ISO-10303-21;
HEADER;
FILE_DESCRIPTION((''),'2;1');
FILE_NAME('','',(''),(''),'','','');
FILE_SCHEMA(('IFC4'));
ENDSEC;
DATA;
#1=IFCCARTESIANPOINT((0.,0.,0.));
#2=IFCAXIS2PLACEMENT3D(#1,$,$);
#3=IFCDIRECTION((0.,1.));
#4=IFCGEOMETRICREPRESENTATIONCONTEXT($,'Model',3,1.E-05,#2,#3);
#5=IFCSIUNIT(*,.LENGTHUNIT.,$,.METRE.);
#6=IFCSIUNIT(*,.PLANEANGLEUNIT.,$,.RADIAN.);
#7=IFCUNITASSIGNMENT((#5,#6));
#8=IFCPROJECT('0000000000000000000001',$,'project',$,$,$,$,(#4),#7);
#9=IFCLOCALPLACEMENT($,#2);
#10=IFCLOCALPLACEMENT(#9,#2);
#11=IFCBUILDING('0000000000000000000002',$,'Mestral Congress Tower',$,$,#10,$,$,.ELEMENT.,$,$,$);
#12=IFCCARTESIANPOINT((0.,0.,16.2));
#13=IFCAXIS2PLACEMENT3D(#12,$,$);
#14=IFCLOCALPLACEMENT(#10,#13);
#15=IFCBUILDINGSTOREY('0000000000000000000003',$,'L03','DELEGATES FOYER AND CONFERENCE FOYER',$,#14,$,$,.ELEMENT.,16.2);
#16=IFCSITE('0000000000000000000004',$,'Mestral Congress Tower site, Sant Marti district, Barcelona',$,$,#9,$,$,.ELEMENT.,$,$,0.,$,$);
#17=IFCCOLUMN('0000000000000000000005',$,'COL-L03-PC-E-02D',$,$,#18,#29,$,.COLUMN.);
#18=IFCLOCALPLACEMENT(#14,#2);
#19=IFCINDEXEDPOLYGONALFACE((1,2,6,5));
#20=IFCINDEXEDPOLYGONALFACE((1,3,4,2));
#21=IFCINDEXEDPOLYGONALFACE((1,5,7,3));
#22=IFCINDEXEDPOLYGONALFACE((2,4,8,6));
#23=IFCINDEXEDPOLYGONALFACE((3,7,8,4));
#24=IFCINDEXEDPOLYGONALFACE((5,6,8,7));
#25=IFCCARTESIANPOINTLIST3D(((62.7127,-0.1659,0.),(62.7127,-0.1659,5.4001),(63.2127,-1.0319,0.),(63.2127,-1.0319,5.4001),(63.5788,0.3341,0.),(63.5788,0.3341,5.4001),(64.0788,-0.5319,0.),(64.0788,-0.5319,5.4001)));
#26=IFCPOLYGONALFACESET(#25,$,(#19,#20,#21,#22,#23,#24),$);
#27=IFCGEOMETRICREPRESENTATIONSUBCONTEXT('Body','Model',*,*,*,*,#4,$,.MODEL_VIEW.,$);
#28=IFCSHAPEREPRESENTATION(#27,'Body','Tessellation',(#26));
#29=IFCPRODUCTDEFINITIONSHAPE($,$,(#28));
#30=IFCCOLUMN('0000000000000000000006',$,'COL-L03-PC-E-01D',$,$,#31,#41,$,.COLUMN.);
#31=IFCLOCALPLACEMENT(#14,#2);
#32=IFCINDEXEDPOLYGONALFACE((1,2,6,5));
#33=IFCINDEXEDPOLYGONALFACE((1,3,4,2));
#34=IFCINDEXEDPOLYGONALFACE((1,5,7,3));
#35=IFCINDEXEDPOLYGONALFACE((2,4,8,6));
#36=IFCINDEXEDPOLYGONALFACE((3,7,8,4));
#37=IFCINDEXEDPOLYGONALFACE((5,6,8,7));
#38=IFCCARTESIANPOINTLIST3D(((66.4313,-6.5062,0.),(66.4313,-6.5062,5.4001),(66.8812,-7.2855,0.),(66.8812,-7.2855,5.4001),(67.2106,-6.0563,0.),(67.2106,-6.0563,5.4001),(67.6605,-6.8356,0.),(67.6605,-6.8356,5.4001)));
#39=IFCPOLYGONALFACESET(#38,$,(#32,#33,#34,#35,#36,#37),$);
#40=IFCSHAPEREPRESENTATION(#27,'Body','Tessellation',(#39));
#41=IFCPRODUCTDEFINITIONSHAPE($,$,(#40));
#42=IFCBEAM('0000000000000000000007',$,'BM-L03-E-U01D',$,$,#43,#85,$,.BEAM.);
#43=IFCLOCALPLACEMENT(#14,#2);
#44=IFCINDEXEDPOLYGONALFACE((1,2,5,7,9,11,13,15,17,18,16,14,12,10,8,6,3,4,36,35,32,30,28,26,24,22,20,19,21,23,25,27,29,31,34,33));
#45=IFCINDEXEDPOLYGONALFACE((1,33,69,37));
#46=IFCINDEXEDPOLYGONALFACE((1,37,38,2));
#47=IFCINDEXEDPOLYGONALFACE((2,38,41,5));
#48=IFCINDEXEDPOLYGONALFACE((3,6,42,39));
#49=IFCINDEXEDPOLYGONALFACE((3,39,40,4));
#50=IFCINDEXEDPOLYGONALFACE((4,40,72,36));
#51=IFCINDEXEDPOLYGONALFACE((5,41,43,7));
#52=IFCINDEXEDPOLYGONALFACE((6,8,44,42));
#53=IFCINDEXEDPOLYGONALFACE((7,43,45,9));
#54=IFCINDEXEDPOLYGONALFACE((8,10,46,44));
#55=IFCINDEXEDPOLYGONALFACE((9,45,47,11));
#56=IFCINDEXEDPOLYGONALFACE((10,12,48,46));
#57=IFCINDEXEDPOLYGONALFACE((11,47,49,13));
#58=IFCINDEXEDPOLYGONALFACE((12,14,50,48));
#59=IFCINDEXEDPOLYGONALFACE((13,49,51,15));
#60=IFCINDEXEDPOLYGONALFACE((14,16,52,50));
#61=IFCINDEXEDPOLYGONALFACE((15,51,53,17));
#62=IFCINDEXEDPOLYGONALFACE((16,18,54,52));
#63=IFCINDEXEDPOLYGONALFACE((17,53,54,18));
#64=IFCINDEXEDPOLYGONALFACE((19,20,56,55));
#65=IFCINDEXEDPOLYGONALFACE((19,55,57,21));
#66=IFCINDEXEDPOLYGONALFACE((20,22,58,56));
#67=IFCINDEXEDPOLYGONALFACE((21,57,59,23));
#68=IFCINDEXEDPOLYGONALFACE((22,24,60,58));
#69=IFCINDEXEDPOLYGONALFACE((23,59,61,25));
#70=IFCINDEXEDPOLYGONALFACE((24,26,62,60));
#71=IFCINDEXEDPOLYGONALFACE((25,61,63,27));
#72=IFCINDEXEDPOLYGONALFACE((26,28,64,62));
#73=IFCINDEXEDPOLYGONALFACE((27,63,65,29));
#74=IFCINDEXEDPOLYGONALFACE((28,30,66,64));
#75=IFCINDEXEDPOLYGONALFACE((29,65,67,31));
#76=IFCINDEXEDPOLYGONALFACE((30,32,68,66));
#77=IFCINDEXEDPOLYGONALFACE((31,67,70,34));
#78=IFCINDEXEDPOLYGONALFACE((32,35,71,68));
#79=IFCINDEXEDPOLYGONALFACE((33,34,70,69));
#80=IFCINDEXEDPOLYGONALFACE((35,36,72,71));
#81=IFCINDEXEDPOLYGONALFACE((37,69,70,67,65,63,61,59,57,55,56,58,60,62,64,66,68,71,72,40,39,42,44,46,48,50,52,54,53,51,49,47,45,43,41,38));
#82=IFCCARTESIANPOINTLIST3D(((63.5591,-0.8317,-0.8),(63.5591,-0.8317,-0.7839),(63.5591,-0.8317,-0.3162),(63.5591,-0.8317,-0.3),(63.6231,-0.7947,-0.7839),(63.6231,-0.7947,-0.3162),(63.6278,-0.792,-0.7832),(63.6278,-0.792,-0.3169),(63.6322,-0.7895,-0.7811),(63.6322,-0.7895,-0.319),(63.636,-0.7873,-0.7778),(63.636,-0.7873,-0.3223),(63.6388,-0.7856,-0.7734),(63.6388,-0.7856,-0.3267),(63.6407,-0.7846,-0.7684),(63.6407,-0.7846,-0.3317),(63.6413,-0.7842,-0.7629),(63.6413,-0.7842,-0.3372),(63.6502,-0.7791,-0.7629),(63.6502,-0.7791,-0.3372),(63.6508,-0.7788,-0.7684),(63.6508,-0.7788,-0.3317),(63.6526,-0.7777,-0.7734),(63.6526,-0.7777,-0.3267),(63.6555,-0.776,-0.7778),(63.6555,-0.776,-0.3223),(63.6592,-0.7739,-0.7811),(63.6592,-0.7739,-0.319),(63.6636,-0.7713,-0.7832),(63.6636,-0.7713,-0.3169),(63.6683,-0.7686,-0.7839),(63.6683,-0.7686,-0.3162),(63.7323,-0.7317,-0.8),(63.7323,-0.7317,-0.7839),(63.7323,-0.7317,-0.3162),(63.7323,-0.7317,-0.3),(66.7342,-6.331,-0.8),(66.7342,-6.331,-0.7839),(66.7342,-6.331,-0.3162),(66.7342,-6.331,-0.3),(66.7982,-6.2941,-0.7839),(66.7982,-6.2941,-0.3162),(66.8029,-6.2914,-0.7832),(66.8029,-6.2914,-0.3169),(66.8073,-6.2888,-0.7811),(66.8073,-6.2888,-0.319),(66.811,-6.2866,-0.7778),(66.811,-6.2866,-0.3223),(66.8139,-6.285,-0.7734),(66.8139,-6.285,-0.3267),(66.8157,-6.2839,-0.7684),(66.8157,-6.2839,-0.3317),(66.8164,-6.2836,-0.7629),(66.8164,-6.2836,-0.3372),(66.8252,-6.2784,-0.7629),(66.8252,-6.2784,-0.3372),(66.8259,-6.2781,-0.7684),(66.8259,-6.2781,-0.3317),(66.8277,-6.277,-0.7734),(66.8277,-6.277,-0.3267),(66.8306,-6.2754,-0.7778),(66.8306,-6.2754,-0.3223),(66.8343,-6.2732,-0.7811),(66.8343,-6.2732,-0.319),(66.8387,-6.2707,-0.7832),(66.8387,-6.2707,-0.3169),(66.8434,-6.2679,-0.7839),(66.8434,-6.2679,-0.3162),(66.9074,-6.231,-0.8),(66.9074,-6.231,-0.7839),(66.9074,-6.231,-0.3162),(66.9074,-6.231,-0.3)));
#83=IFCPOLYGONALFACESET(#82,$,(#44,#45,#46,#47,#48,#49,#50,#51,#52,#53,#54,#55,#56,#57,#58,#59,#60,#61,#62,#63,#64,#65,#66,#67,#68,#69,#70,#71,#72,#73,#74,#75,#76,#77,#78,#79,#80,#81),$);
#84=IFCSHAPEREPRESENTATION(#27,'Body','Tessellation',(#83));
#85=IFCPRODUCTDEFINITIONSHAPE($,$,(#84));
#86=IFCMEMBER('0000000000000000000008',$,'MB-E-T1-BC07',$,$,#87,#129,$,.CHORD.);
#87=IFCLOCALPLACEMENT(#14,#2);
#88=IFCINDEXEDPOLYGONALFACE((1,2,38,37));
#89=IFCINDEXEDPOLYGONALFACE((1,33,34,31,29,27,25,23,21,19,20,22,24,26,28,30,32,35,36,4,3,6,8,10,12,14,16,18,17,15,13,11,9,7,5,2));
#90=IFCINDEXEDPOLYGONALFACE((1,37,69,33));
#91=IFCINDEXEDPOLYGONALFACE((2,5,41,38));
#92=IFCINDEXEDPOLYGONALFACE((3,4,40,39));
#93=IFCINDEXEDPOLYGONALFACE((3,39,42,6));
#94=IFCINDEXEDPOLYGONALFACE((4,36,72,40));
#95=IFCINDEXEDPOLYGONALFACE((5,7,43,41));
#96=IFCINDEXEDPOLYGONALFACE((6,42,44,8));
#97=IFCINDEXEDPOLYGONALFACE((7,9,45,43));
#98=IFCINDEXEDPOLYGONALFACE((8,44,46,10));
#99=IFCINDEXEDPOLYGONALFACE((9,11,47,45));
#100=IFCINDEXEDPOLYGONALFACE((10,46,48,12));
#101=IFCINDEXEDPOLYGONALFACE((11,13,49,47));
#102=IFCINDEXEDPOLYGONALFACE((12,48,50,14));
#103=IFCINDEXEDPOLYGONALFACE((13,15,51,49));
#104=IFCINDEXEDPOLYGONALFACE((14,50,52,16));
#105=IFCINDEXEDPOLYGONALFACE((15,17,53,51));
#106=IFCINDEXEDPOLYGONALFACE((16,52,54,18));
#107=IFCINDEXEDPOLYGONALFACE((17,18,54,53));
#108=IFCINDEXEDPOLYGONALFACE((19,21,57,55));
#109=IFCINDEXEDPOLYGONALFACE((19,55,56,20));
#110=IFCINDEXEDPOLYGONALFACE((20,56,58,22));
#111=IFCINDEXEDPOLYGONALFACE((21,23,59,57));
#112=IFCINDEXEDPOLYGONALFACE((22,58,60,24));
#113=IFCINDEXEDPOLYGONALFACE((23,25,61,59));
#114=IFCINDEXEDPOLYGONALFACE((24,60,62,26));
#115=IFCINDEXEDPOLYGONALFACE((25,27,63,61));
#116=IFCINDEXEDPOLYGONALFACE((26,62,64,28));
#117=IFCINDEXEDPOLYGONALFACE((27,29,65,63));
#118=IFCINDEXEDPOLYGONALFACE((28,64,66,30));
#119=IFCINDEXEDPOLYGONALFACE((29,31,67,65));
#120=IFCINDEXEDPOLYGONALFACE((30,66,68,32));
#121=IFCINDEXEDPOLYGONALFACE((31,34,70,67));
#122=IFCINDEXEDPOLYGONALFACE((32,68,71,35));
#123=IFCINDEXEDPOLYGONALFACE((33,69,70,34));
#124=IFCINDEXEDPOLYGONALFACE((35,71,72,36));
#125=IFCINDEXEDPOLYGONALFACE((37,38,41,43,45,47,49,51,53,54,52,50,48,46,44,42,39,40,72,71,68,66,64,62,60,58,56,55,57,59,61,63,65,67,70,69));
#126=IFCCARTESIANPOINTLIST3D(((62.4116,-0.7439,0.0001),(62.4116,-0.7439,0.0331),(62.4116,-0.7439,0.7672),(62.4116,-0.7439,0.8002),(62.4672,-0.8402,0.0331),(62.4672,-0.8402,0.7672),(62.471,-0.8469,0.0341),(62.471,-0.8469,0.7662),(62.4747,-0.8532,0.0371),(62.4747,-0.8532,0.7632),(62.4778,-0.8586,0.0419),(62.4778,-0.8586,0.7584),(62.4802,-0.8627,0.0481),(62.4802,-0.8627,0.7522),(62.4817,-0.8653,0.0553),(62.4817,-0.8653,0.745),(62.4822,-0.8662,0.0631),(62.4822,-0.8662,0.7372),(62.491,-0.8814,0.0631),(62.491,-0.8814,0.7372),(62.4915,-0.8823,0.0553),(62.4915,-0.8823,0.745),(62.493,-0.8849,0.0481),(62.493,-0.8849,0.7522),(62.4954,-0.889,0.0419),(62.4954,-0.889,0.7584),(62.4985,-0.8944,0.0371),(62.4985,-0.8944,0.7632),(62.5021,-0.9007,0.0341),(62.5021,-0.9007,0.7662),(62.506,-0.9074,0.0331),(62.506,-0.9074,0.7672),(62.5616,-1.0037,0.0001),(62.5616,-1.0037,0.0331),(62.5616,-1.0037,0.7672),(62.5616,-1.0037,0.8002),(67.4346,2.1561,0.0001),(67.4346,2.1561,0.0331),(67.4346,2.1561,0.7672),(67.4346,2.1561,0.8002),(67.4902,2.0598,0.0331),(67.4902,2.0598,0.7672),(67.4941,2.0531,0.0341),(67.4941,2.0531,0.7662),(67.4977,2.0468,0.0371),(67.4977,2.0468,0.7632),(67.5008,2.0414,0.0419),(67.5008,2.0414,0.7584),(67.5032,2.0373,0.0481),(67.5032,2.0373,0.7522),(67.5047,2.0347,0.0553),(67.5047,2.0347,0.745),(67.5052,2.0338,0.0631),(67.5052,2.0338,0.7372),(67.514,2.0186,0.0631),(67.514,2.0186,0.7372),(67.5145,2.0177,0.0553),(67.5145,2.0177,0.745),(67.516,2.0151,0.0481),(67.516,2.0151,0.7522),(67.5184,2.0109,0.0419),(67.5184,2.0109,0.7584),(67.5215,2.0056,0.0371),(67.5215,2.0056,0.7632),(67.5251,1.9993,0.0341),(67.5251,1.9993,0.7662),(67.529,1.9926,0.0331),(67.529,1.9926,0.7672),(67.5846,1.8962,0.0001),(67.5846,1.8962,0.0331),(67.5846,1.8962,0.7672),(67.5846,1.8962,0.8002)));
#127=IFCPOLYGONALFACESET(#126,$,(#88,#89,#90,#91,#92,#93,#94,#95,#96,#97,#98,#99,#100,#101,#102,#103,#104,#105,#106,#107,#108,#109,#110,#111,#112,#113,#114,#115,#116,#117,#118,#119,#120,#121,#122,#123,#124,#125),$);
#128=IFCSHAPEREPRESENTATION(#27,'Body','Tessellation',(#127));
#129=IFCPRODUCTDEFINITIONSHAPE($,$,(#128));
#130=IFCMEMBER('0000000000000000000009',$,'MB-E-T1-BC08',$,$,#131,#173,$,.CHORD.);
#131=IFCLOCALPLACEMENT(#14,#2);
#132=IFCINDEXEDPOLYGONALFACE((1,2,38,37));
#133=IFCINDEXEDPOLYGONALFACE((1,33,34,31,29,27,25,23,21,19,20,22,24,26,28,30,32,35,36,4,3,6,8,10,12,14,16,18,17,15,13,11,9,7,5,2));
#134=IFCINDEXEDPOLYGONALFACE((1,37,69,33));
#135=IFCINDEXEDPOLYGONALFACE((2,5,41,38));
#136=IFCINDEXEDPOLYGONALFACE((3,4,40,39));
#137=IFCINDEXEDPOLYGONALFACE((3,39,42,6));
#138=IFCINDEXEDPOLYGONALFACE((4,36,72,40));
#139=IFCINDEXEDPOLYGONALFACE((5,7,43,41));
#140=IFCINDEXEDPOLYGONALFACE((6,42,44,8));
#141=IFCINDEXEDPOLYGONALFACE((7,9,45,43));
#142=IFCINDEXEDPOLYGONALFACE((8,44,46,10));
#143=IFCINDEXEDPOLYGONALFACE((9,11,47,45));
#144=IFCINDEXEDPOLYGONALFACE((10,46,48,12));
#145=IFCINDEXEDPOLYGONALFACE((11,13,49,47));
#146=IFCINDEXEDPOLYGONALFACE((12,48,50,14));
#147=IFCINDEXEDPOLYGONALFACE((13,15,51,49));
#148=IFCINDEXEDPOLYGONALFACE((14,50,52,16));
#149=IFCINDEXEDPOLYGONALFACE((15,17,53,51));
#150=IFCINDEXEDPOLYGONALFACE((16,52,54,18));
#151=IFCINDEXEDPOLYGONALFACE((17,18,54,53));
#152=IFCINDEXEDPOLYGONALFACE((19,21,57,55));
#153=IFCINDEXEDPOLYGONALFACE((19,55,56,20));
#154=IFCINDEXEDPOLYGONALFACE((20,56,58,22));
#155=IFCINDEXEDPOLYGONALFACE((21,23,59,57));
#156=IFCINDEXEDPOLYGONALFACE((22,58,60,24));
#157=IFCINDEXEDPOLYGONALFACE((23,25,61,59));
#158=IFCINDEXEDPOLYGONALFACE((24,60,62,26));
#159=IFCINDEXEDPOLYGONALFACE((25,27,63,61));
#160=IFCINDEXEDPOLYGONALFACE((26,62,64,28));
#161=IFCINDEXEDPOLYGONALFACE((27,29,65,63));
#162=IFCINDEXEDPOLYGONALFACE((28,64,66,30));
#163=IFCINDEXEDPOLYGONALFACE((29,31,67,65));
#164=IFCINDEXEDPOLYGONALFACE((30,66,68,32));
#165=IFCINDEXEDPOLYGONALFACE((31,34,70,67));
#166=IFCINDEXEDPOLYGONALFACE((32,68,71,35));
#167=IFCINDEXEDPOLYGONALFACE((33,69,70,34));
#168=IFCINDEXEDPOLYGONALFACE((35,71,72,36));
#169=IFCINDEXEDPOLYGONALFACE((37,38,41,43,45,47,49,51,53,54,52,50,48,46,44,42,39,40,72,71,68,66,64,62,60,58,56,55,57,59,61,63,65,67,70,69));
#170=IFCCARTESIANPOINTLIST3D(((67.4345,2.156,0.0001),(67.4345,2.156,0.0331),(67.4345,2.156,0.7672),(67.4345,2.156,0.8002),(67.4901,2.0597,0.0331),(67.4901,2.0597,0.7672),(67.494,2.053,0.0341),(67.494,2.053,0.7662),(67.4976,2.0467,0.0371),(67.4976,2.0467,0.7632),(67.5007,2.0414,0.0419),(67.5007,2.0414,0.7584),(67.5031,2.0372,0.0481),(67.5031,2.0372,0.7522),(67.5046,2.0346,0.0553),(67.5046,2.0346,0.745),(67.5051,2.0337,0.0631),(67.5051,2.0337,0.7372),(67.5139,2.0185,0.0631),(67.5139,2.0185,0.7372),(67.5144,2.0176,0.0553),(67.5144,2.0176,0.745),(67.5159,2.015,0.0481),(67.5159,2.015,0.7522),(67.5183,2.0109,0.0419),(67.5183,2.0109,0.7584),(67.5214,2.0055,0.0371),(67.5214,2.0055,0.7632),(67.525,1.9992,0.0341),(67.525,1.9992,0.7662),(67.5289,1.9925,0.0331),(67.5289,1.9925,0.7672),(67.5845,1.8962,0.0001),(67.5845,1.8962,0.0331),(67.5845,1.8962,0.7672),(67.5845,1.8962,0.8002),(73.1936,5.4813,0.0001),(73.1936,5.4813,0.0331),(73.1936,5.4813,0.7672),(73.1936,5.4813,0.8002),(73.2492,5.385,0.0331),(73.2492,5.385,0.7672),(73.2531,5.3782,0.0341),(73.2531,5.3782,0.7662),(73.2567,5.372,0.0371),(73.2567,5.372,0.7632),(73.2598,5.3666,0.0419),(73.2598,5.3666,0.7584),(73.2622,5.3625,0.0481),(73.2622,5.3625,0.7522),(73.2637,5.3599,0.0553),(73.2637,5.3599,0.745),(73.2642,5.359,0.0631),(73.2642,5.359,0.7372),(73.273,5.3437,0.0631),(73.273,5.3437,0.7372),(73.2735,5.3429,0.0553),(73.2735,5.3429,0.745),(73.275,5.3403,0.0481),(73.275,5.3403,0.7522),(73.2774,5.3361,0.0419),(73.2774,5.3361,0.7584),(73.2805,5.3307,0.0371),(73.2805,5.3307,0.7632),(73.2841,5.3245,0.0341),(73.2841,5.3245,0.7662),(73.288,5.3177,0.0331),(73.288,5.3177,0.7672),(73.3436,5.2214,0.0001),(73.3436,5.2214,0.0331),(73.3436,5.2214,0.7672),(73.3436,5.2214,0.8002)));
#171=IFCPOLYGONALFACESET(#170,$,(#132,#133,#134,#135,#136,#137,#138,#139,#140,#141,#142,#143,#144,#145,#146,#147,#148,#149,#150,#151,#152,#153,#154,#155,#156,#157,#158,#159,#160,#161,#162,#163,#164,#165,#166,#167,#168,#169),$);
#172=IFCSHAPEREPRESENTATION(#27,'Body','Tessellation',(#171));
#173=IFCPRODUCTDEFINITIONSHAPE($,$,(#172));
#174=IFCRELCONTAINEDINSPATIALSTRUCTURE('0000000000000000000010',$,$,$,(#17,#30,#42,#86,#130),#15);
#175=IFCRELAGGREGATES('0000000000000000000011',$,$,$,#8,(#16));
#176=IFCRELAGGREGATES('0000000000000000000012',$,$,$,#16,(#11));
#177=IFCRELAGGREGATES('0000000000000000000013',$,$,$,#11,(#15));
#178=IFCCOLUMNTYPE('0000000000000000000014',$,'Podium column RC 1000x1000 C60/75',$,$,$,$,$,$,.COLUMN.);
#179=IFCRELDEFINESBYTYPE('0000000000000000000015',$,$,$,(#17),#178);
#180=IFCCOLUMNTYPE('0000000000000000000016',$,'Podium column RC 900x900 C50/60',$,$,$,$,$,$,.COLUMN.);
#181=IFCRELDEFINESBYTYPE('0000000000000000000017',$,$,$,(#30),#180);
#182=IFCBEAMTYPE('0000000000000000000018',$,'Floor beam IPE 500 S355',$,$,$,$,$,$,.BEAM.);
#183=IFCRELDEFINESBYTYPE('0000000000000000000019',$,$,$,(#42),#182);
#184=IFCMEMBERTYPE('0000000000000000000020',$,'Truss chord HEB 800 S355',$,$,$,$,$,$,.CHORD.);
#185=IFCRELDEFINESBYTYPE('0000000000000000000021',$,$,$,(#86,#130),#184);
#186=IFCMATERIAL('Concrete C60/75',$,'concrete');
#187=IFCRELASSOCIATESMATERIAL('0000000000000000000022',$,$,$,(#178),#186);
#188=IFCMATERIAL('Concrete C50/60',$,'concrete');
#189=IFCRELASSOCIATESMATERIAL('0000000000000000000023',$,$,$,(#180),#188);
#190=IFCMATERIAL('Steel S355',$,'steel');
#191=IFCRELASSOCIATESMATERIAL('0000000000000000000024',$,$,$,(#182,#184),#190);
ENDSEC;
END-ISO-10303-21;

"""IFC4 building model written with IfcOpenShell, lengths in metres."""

from ifc_helpers import new_model, si_unit, direction, frame, origin, origin_2d, place, context, subcontext, project, spatial, rectangle, i_section, extrude, material, material_profile, profile_set, type_object, element, save


model = new_model("IFC4")

# Units and contexts
model_context = context("Model", 3, precision=1e-05, world=origin(), true_north=direction((0.0, 1.0)))
body_context = subcontext(model_context, "Body", "Model", "MODEL_VIEW")
ifc_project = project(units=[si_unit("LENGTHUNIT", "METRE"), si_unit("PLANEANGLEUNIT", "RADIAN")], contexts=[model_context])

# Site, building, storey
site_placement = place(None, origin())
site = spatial("IfcSite", under=ifc_project, at=site_placement, Name="Mestral Congress Tower site, Sant Marti district, Barcelona", CompositionType="ELEMENT", RefElevation=0.0)
building_placement = place(site_placement, origin())
building = spatial("IfcBuilding", under=site, at=building_placement, Name="Mestral Congress Tower", CompositionType="ELEMENT")
storey_placement = place(building_placement, frame((0.0, 0.0, 16.2)))
storey = spatial("IfcBuildingStorey", under=building, at=storey_placement, Name="L03", Description="DELEGATES FOYER AND CONFERENCE FOYER", CompositionType="ELEMENT", Elevation=16.2)

# Columns
ifc_material_1 = material(Name="Concrete C60/75", Category="concrete")
ifc_material_profile_1 = material_profile(ifc_material_1, rectangle(XDim=1.0, YDim=1.0, at=origin_2d()), Name="RC 1000x1000")
ifc_profile_set_1 = profile_set([ifc_material_profile_1], Name="Concrete C60/75")
column_type_1 = type_object("IfcColumnType", Name="Podium column RC 1000x1000 C60/75", PredefinedType="COLUMN", material=ifc_profile_set_1)
column_1_placement = place(storey_placement, frame((63.3958, -0.3489, 0.0), z_axis=(0.0, 0.0, 1.0), x_axis=(-0.5, 0.866025, 0.0)))
element("IfcColumn", 1, at=column_1_placement, inside=storey, type_object=column_type_1, Name="COL-L03-PC-E-02D", PredefinedType="COLUMN", context=body_context, shape_type="SweptSolid", body=[
    extrude(rectangle(XDim=1.0, YDim=1.0, at=origin_2d()), origin(), (0.0, 0.0, 1.0), 5.4001),
])
ifc_material_2 = material(Name="Concrete C50/60", Category="concrete")
ifc_material_profile_2 = material_profile(ifc_material_2, rectangle(XDim=0.8999, YDim=0.8999, at=origin_2d()), Name="RC 900x900")
ifc_profile_set_2 = profile_set([ifc_material_profile_2], Name="Concrete C50/60")
column_type_2 = type_object("IfcColumnType", Name="Podium column RC 900x900 C50/60", PredefinedType="COLUMN", material=ifc_profile_set_2)
column_2_placement = place(storey_placement, frame((67.0459, -6.6709, 0.0), z_axis=(0.0, 0.0, 1.0), x_axis=(-0.5, 0.866025, 0.0)))
element("IfcColumn", 2, at=column_2_placement, inside=storey, type_object=column_type_2, Name="COL-L03-PC-E-01D", PredefinedType="COLUMN", context=body_context, shape_type="SweptSolid", body=[
    extrude(rectangle(XDim=0.8999, YDim=0.8999, at=origin_2d()), origin(), (0.0, 0.0, 1.0), 5.4001),
])

# Beam
ifc_material_3 = material(Name="Steel S355", Category="steel")
ifc_material_profile_3 = material_profile(ifc_material_3, i_section(OverallWidth=0.2, OverallDepth=0.5, WebThickness=0.0103, FlangeThickness=0.0161, FilletRadius=0.021, at=origin_2d()), Name="IPE 500")
ifc_profile_set_3 = profile_set([ifc_material_profile_3], Name="Steel S355")
beam_type = type_object("IfcBeamType", Name="Floor beam IPE 500 S355", PredefinedType="BEAM", material=ifc_profile_set_3)
beam_placement = place(storey_placement, frame((66.8208, -6.281, -0.55), z_axis=(-0.500005, 0.866022, 0.0), x_axis=(-0.866022, -0.500005, 0.0)))
element("IfcBeam", 3, at=beam_placement, inside=storey, type_object=beam_type, Name="BM-L03-E-U01D", PredefinedType="BEAM", context=body_context, shape_type="SweptSolid", body=[
    extrude(i_section(OverallWidth=0.2, OverallDepth=0.5, WebThickness=0.0103, FlangeThickness=0.0161, FilletRadius=0.021, at=origin_2d()), origin(), (0.0, 0.0, 1.0), 6.3501),
])

# Members
ifc_material_profile_4 = material_profile(ifc_material_3, i_section(OverallWidth=0.3, OverallDepth=0.8, WebThickness=0.0176, FlangeThickness=0.033, FilletRadius=0.03, at=origin_2d()), Name="HEB 800")
ifc_profile_set_4 = profile_set([ifc_material_profile_4], Name="Steel S355")
member_type_1 = type_object("IfcMemberType", Name="Truss chord HEB 800 S355", PredefinedType="CHORD", material=ifc_profile_set_4)
member_1_placement = place(storey_placement, frame((62.4866, -0.8738, 0.4001), z_axis=(0.866033, 0.499987, 0.0), x_axis=(-0.499987, 0.866033, 0.0)))
element("IfcMember", 4, at=member_1_placement, inside=storey, type_object=member_type_1, Name="MB-E-T1-BC07", PredefinedType="CHORD", context=body_context, shape_type="SweptSolid", body=[
    extrude(i_section(OverallWidth=0.3, OverallDepth=0.8, WebThickness=0.0176, FlangeThickness=0.033, FilletRadius=0.03, at=origin_2d()), origin(), (0.0, 0.0, 1.0), 5.8),
])
member_2_placement = place(storey_placement, frame((67.5095, 2.0261, 0.4001), z_axis=(0.866011, 0.500024, 0.0), x_axis=(-0.500024, 0.866011, 0.0)))
element("IfcMember", 5, at=member_2_placement, inside=storey, type_object=member_type_1, Name="MB-E-T1-BC08", PredefinedType="CHORD", context=body_context, shape_type="SweptSolid", body=[
    extrude(i_section(OverallWidth=0.3, OverallDepth=0.8, WebThickness=0.0176, FlangeThickness=0.033, FilletRadius=0.03, at=origin_2d()), origin(), (0.0, 0.0, 1.0), 6.6501),
])

save(model, "model.ifc")
